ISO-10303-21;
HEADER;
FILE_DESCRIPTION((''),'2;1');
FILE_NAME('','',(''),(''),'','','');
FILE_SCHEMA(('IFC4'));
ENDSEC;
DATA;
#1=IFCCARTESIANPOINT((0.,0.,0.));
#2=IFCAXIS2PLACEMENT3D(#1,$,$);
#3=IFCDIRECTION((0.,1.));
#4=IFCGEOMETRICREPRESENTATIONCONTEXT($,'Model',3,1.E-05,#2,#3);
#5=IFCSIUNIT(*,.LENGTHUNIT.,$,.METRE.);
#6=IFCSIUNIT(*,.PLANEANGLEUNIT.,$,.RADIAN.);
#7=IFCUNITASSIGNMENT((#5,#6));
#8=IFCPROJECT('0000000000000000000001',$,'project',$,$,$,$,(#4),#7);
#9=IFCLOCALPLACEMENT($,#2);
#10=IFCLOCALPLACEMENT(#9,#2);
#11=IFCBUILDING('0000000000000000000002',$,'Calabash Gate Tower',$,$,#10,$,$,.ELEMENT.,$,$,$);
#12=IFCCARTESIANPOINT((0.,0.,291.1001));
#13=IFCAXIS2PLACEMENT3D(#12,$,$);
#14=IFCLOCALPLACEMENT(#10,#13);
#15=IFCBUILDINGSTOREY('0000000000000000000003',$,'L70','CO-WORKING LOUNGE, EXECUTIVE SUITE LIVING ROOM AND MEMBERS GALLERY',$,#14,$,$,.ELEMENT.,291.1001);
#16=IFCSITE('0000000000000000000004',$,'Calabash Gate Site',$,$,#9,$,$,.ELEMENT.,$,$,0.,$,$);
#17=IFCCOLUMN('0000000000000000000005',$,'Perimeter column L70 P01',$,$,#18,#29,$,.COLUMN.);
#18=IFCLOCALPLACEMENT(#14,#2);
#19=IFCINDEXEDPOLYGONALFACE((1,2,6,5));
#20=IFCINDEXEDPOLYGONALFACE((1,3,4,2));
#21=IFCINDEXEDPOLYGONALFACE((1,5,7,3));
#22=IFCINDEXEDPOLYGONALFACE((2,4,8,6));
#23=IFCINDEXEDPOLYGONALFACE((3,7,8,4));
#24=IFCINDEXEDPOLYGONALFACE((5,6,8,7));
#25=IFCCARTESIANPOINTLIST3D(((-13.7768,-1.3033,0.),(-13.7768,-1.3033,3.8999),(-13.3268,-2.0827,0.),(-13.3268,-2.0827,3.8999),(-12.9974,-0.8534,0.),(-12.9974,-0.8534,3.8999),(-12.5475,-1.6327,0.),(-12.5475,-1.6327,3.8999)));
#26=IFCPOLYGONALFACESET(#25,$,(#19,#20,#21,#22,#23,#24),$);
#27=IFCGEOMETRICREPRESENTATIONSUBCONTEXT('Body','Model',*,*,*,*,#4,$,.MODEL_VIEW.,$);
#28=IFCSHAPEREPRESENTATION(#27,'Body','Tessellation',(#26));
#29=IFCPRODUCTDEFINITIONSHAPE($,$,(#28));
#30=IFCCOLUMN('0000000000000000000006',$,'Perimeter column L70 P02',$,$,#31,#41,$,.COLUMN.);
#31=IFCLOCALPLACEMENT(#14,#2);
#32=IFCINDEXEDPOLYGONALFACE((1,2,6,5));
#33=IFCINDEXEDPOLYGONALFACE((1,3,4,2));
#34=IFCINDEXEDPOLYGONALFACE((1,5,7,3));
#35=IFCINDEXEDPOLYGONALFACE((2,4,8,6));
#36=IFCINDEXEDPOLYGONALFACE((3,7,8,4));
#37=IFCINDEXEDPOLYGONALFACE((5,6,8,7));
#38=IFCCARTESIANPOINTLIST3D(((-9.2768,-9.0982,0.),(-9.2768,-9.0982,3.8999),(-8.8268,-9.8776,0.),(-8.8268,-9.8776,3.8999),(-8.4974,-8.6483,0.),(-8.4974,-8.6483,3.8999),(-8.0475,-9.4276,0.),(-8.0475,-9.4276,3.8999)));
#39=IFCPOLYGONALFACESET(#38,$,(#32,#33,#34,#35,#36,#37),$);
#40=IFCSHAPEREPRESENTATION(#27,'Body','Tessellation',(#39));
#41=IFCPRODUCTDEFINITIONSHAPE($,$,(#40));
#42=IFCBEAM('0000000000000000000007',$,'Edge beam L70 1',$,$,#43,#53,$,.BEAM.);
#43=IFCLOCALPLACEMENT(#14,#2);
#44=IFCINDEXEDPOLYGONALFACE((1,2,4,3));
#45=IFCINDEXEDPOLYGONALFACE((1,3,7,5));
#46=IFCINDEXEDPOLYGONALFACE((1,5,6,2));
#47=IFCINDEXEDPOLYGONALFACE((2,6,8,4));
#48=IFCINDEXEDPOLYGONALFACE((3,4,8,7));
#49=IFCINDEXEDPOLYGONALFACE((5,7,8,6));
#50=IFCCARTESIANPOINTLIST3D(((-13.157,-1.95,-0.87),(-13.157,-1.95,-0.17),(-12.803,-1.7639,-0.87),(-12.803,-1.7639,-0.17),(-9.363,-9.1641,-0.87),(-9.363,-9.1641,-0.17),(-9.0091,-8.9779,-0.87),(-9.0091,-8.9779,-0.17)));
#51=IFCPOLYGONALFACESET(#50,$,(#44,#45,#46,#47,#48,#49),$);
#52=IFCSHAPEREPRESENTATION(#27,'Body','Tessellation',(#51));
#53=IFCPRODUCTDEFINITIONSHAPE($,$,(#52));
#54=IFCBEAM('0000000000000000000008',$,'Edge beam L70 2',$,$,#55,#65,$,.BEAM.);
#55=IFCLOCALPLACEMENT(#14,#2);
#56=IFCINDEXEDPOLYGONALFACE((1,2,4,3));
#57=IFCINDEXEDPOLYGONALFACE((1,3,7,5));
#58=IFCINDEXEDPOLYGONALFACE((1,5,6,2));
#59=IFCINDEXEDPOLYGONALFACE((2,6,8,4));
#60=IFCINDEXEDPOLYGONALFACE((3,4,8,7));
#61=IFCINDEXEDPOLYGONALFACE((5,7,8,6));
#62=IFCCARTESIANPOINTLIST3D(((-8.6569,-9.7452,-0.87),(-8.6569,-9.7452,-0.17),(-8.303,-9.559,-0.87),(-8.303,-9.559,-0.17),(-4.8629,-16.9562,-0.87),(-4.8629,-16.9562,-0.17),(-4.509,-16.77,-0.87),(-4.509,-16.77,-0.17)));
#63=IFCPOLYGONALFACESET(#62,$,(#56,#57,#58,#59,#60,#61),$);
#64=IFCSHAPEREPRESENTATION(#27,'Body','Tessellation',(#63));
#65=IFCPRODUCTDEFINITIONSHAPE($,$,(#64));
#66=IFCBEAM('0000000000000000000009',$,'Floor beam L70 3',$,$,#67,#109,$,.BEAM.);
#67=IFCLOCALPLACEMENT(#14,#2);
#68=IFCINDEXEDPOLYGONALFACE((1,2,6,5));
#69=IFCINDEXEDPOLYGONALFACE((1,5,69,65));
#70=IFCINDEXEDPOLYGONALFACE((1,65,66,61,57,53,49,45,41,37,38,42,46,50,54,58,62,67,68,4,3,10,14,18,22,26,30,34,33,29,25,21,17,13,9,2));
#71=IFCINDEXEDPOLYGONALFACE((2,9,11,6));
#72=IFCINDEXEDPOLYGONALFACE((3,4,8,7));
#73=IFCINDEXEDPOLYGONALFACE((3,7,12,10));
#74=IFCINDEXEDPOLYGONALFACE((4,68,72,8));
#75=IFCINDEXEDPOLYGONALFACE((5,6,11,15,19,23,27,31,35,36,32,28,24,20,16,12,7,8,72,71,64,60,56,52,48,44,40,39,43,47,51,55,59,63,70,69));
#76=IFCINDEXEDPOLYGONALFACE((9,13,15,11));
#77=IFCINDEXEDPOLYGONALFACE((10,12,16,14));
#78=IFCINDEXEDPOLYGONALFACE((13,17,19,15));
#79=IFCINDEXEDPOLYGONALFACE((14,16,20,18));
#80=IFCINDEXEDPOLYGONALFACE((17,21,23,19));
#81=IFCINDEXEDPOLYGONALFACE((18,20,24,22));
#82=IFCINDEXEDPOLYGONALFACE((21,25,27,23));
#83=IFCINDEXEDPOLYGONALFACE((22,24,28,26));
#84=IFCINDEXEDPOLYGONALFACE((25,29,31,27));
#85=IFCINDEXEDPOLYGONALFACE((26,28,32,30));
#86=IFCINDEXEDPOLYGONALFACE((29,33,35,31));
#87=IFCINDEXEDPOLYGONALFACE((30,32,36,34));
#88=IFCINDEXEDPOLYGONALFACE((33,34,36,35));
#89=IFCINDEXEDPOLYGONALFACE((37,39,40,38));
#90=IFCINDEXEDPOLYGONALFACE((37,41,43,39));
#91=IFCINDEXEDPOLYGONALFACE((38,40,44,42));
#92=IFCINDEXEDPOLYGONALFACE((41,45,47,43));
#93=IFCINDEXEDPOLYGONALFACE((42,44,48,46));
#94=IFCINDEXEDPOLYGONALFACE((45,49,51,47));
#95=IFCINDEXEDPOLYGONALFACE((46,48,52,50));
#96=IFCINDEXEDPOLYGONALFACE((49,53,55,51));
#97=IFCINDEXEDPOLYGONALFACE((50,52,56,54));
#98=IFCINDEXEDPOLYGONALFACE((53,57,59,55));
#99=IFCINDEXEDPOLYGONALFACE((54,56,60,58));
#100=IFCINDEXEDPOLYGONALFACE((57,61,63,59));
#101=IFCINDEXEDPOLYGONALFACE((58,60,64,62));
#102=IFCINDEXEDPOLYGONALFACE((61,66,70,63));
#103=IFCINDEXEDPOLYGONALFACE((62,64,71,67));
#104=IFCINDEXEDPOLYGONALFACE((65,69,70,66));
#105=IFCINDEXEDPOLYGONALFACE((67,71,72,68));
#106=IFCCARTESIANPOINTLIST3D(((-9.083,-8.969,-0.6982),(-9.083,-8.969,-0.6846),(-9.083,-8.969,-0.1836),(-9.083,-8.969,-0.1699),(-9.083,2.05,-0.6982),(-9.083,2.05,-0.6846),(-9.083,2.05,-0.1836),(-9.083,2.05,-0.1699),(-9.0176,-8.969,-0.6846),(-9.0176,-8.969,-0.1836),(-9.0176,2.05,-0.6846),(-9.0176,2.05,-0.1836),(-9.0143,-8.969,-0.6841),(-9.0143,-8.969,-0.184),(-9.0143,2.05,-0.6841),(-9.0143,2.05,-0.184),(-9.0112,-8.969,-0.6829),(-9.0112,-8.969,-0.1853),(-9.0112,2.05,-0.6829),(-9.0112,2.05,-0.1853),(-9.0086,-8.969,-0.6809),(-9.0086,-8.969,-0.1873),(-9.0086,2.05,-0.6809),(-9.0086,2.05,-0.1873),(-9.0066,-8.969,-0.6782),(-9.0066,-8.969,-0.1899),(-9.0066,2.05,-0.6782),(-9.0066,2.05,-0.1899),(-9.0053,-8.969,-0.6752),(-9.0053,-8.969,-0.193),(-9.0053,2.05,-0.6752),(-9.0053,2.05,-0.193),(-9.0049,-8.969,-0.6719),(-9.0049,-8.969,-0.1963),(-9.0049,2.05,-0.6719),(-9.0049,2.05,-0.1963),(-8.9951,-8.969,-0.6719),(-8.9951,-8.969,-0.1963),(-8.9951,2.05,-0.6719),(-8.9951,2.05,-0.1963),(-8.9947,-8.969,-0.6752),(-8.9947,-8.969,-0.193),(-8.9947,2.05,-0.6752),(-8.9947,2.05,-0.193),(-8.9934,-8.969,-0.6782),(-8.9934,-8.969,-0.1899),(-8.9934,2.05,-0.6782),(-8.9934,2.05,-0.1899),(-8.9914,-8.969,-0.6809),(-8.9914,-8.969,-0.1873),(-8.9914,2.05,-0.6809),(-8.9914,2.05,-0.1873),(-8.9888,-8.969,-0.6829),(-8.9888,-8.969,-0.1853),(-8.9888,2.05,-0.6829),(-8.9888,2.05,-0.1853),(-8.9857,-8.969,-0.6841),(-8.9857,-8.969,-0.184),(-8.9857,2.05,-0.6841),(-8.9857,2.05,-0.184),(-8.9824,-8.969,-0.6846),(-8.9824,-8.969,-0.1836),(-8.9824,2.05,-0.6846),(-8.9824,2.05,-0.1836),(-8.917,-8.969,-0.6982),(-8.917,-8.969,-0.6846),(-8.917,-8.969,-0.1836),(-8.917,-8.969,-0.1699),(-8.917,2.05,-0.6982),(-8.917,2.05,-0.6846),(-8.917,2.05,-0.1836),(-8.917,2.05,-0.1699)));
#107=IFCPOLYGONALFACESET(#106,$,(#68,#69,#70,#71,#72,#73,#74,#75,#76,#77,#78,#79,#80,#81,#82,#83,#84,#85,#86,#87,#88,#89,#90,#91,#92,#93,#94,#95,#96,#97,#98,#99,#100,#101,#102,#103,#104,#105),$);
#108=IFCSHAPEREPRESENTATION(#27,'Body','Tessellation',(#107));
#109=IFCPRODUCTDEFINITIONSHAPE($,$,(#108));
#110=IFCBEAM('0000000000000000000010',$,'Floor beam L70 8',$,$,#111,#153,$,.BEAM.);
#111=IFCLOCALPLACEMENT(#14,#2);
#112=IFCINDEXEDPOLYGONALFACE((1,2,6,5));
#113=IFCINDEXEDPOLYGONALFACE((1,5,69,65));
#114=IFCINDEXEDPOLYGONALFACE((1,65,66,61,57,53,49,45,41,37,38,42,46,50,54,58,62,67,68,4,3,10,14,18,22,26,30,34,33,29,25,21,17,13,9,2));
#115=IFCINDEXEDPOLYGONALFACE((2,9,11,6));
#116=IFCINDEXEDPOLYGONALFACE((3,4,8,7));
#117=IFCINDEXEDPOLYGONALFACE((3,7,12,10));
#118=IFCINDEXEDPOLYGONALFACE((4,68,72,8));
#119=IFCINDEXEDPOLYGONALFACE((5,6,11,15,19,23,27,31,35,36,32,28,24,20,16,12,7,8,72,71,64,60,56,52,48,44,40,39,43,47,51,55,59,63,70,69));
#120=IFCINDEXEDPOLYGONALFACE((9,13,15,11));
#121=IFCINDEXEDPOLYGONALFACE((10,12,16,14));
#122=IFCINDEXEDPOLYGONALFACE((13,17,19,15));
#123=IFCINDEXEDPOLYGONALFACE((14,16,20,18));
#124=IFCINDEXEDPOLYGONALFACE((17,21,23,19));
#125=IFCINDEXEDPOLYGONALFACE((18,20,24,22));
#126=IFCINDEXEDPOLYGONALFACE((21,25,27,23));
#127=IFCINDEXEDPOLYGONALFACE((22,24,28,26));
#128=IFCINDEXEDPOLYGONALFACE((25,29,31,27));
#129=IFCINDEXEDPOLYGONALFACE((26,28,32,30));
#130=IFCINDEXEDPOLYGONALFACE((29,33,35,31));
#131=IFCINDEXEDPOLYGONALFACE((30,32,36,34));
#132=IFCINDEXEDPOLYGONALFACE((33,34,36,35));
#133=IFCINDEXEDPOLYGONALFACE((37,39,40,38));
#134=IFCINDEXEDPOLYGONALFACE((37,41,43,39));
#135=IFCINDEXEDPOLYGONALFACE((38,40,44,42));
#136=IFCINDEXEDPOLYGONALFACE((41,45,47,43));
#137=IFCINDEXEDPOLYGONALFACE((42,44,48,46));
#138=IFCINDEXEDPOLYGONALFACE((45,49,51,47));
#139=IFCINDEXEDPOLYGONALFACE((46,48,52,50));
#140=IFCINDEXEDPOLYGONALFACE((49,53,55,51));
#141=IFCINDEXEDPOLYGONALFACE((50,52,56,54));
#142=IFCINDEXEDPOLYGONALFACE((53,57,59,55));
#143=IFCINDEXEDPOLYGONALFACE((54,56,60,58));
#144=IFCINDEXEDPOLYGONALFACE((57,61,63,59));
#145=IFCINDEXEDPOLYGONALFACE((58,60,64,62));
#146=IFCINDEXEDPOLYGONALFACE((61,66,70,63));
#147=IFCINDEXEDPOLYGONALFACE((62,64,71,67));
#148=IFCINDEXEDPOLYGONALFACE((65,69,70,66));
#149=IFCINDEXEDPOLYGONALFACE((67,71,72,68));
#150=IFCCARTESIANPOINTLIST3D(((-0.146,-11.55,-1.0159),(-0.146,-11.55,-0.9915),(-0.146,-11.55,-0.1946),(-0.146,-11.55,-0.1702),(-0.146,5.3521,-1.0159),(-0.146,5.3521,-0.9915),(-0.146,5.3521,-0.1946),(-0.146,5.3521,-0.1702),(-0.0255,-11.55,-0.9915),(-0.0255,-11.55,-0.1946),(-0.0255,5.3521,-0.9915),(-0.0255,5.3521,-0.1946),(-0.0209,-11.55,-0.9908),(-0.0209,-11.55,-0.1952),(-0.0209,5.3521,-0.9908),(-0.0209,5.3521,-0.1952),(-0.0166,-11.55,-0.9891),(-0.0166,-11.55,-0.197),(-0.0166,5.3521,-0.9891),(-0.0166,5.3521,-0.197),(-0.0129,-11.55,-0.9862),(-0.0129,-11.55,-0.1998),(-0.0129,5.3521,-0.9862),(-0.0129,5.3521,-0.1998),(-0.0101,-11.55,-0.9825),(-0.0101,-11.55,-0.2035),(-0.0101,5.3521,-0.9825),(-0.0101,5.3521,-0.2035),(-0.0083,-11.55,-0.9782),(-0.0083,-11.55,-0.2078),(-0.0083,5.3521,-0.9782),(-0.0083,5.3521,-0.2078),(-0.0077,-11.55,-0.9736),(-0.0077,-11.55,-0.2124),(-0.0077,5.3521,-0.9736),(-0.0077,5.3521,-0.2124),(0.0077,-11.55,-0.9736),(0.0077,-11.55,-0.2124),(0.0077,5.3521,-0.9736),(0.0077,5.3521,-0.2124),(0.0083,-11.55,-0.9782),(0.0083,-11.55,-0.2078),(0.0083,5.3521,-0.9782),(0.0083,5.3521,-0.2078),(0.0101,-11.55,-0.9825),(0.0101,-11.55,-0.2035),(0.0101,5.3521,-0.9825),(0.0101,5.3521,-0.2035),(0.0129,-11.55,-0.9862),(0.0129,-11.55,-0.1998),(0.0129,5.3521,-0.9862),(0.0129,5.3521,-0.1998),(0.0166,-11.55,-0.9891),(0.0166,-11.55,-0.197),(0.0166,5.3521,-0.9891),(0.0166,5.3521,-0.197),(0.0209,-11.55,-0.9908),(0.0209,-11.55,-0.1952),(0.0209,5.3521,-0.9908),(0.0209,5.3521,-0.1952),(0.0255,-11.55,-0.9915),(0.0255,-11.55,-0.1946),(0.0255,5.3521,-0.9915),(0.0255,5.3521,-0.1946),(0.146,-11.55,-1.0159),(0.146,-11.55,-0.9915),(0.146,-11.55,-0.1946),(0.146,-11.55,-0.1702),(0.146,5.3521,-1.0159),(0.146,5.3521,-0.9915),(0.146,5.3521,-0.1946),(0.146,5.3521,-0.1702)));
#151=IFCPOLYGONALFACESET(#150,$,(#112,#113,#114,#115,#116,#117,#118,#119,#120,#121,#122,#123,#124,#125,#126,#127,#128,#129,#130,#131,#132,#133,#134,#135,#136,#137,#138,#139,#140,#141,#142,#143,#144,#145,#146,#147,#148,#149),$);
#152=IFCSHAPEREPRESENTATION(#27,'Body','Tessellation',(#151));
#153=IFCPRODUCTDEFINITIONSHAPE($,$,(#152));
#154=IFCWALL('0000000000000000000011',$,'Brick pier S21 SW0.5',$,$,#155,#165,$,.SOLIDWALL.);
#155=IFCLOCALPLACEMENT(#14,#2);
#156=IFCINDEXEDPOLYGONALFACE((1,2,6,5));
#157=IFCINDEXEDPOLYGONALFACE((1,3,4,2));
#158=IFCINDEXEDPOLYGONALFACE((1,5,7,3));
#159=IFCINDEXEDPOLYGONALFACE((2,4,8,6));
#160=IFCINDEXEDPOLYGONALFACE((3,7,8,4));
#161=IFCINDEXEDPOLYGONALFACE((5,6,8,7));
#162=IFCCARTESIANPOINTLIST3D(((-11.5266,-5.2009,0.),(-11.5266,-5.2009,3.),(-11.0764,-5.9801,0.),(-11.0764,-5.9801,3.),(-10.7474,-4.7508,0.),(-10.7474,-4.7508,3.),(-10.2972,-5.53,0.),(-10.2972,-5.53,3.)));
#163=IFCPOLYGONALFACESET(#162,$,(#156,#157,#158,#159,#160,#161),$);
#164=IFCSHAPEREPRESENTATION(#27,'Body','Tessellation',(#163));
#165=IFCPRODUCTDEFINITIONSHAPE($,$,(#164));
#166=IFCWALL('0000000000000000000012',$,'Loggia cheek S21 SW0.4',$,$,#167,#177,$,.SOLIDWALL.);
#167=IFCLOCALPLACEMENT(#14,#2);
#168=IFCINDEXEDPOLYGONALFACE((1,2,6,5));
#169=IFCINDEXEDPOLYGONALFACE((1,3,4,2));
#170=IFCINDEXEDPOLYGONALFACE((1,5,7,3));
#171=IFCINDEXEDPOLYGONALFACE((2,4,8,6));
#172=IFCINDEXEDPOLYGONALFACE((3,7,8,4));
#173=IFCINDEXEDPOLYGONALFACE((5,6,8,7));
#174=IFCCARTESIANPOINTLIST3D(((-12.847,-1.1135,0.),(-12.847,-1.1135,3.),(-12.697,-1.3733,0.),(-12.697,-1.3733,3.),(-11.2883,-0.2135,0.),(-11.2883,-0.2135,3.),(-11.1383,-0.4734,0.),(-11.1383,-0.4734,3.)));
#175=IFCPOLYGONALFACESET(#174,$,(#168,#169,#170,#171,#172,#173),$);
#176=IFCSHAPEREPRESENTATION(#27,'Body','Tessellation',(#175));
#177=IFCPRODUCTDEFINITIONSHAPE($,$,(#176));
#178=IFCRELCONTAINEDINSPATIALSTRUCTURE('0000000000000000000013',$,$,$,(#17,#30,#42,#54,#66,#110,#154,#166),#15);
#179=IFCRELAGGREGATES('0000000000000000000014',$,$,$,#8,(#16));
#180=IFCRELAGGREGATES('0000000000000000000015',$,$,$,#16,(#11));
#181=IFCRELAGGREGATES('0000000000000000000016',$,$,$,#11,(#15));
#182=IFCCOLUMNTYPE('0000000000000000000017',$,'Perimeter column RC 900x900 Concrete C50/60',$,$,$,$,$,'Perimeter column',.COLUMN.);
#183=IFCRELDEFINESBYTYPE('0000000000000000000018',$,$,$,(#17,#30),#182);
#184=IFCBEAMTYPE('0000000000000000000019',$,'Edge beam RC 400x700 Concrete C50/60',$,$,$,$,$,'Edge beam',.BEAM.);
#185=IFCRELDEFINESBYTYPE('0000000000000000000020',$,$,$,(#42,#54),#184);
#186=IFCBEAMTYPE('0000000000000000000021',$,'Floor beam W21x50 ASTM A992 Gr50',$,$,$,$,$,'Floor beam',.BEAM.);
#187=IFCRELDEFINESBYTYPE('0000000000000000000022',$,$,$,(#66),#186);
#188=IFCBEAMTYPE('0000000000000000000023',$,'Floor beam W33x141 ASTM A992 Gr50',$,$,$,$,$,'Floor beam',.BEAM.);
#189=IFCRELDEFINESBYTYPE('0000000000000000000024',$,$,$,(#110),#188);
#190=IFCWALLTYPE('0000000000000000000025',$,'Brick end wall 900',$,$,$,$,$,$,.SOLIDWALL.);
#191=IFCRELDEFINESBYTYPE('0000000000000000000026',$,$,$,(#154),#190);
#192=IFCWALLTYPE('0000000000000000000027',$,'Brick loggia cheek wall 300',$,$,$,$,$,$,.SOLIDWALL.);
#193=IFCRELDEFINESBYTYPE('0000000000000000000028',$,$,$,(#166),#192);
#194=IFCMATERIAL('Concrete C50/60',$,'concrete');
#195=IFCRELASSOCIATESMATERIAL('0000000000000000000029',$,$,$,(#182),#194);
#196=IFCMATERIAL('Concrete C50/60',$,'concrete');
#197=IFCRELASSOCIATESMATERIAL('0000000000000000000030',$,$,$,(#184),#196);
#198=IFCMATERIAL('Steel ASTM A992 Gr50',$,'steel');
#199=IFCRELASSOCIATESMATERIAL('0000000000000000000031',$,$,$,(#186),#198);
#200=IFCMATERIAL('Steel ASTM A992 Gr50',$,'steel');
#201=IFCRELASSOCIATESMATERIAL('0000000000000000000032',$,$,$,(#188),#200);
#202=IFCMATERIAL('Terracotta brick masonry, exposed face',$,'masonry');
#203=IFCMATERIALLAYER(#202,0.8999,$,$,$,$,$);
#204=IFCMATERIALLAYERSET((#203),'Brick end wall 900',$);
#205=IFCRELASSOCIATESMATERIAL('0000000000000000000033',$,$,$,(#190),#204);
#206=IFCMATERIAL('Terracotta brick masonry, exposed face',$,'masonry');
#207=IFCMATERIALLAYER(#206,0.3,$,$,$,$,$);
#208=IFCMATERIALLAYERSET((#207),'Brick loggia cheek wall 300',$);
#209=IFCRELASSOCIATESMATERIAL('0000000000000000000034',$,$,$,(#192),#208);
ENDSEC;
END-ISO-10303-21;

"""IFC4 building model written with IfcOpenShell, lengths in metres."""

from ifc_helpers import new_model, si_unit, direction, frame, frame_2d, origin, origin_2d, place, context, subcontext, project, spatial, rectangle, i_section, extrude, material, layer, layer_set, material_profile, profile_set, type_object, element, save


model = new_model("IFC4")

# Units and contexts
model_context = context("Model", 3, precision=1e-05, world=origin(), true_north=direction((0.0, 1.0)))
body_context = subcontext(model_context, "Body", "Model", "MODEL_VIEW")
ifc_project = project(units=[si_unit("LENGTHUNIT", "METRE"), si_unit("PLANEANGLEUNIT", "RADIAN")], contexts=[model_context])

# Site, building, storey
site_placement = place(None, origin())
site = spatial("IfcSite", under=ifc_project, at=site_placement, Name="Calabash Gate Site", CompositionType="ELEMENT", RefElevation=0.0)
building_placement = place(site_placement, origin())
building = spatial("IfcBuilding", under=site, at=building_placement, Name="Calabash Gate Tower", CompositionType="ELEMENT")
storey_placement = place(building_placement, frame((0.0, 0.0, 291.1001)))
storey = spatial("IfcBuildingStorey", under=building, at=storey_placement, Name="L70", Description="CO-WORKING LOUNGE, EXECUTIVE SUITE LIVING ROOM AND MEMBERS GALLERY", CompositionType="ELEMENT", Elevation=291.1001)

# Columns
ifc_material_1 = material(Name="Concrete C50/60", Category="concrete")
ifc_material_profile_1 = material_profile(ifc_material_1, rectangle(XDim=0.8999, YDim=0.8999, at=origin_2d()))
ifc_profile_set_1 = profile_set([ifc_material_profile_1], Name="Concrete C50/60")
column_type = type_object("IfcColumnType", Name="Perimeter column RC 900x900 Concrete C50/60", ElementType="Perimeter column", PredefinedType="COLUMN", material=ifc_profile_set_1)
for number, where, z_axis, x_axis, name in (
    (1, (-13.1621, -1.468, 0.0), (0.0, 0.0, 1.0), (0.5, -0.866025, 0.0), "Perimeter column L70 P01"),
    (2, (-8.6621, -9.2629, 0.0), (0.0, 0.0, 1.0), (0.5, -0.866025, 0.0), "Perimeter column L70 P02"),
):
    element("IfcColumn", number, at=place(storey_placement, frame(where, z_axis=z_axis, x_axis=x_axis)), inside=storey, type_object=column_type, Name=name, PredefinedType="COLUMN", context=body_context, shape_type="SweptSolid", body=[
        extrude(rectangle(XDim=0.8999, YDim=0.8999, at=origin_2d()), origin(), (0.0, 0.0, 1.0), 3.8999),
    ])

# Beams
ifc_material_2 = material(Name="Concrete C50/60", Category="concrete")
ifc_material_profile_2 = material_profile(ifc_material_2, rectangle(XDim=0.3999, YDim=0.7, at=origin_2d()))
ifc_profile_set_2 = profile_set([ifc_material_profile_2], Name="Concrete C50/60")
beam_type_1 = type_object("IfcBeamType", Name="Edge beam RC 400x700 Concrete C50/60", ElementType="Edge beam", PredefinedType="BEAM", material=ifc_profile_set_2)
beam_1_placement = place(storey_placement, frame((-12.98, -1.8569, -0.52), z_axis=(0.465462, -0.885068, 0.0), x_axis=(0.885068, 0.465462, 0.0)))
element("IfcBeam", 3, at=beam_1_placement, inside=storey, type_object=beam_type_1, Name="Edge beam L70 1", PredefinedType="BEAM", context=body_context, shape_type="SweptSolid", body=[
    extrude(rectangle(XDim=0.3999, YDim=0.7, at=origin_2d()), origin(), (0.0, 0.0, 1.0), 8.1509),
])
beam_2_placement = place(storey_placement, frame((-8.48, -9.6521, -0.52), z_axis=(0.465623, -0.884983, 0.0), x_axis=(0.884983, 0.465623, 0.0)))
element("IfcBeam", 4, at=beam_2_placement, inside=storey, type_object=beam_type_1, Name="Edge beam L70 2", PredefinedType="BEAM", context=body_context, shape_type="SweptSolid", body=[
    extrude(rectangle(XDim=0.3999, YDim=0.7, at=origin_2d()), origin(), (0.0, 0.0, 1.0), 8.1482),
])
ifc_material_3 = material(Name="Steel ASTM A992 Gr50", Category="steel")
ifc_material_profile_3 = material_profile(ifc_material_3, i_section(OverallWidth=0.166, OverallDepth=0.5283, WebThickness=0.0098, FlangeThickness=0.0137, FilletRadius=0.0127, at=origin_2d()))
ifc_profile_set_3 = profile_set([ifc_material_profile_3], Name="Steel ASTM A992 Gr50")
beam_type_2 = type_object("IfcBeamType", Name="Floor beam W21x50 ASTM A992 Gr50", ElementType="Floor beam", PredefinedType="BEAM", material=ifc_profile_set_3)
beam_3_placement = place(storey_placement, frame((-9.0, -8.969, -0.4341), z_axis=(0.0, 1.0, 0.0), x_axis=(-1.0, 0.0, 0.0)))
element("IfcBeam", 5, at=beam_3_placement, inside=storey, type_object=beam_type_2, Name="Floor beam L70 3", PredefinedType="BEAM", context=body_context, shape_type="SweptSolid", body=[
    extrude(i_section(OverallWidth=0.166, OverallDepth=0.5283, WebThickness=0.0098, FlangeThickness=0.0137, FilletRadius=0.0127, at=origin_2d()), origin(), (0.0, 0.0, 1.0), 11.019),
])
ifc_material_4 = material(Name="Steel ASTM A992 Gr50", Category="steel")
ifc_material_profile_4 = material_profile(ifc_material_4, i_section(OverallWidth=0.292, OverallDepth=0.8457, WebThickness=0.0154, FlangeThickness=0.0244, FilletRadius=0.0178, at=origin_2d()))
ifc_profile_set_4 = profile_set([ifc_material_profile_4], Name="Steel ASTM A992 Gr50")
beam_type_3 = type_object("IfcBeamType", Name="Floor beam W33x141 ASTM A992 Gr50", ElementType="Floor beam", PredefinedType="BEAM", material=ifc_profile_set_4)
beam_4_placement = place(storey_placement, frame((0.0, -11.55, -0.593), z_axis=(0.0, 1.0, 0.0), x_axis=(-1.0, 0.0, 0.0)))
element("IfcBeam", 6, at=beam_4_placement, inside=storey, type_object=beam_type_3, Name="Floor beam L70 8", PredefinedType="BEAM", context=body_context, shape_type="SweptSolid", body=[
    extrude(i_section(OverallWidth=0.292, OverallDepth=0.8457, WebThickness=0.0154, FlangeThickness=0.0244, FilletRadius=0.0178, at=origin_2d()), origin(), (0.0, 0.0, 1.0), 16.9021),
])

# Walls
ifc_material_5 = material(Name="Terracotta brick masonry, exposed face", Category="masonry")
ifc_layer_1 = layer(ifc_material_5, 0.8999)
ifc_layer_set_1 = layer_set([ifc_layer_1], Name="Brick end wall 900")
wall_type_1 = type_object("IfcWallType", Name="Brick end wall 900", PredefinedType="SOLIDWALL", material=ifc_layer_set_1)
wall_1_placement = place(storey_placement, frame((-11.137, -4.9758, 0.0), z_axis=(0.0, 0.0, 1.0), x_axis=(0.500223, -0.865896, 0.0)))
element("IfcWall", 7, at=wall_1_placement, inside=storey, type_object=wall_type_1, Name="Brick pier S21 SW0.5", PredefinedType="SOLIDWALL", context=body_context, shape_type="SweptSolid", body=[
    extrude(rectangle(XDim=0.8999, YDim=0.8999, at=frame_2d((0.45, 0.0))), origin(), (0.0, 0.0, 1.0), 3.0),
])
ifc_material_6 = material(Name="Terracotta brick masonry, exposed face", Category="masonry")
ifc_layer_2 = layer(ifc_material_6, 0.3)
ifc_layer_set_2 = layer_set([ifc_layer_2], Name="Brick loggia cheek wall 300")
wall_type_2 = type_object("IfcWallType", Name="Brick loggia cheek wall 300", PredefinedType="SOLIDWALL", material=ifc_layer_set_2)
wall_2_placement = place(storey_placement, frame((-12.772, -1.2434, 0.0), z_axis=(0.0, 0.0, 1.0), x_axis=(0.866014, 0.50002, 0.0)))
element("IfcWall", 8, at=wall_2_placement, inside=storey, type_object=wall_type_2, Name="Loggia cheek S21 SW0.4", PredefinedType="SOLIDWALL", context=body_context, shape_type="SweptSolid", body=[
    extrude(rectangle(XDim=1.7998, YDim=0.3, at=frame_2d((0.8999, 0.0))), origin(), (0.0, 0.0, 1.0), 3.0),
])

save(model, "model.ifc")
